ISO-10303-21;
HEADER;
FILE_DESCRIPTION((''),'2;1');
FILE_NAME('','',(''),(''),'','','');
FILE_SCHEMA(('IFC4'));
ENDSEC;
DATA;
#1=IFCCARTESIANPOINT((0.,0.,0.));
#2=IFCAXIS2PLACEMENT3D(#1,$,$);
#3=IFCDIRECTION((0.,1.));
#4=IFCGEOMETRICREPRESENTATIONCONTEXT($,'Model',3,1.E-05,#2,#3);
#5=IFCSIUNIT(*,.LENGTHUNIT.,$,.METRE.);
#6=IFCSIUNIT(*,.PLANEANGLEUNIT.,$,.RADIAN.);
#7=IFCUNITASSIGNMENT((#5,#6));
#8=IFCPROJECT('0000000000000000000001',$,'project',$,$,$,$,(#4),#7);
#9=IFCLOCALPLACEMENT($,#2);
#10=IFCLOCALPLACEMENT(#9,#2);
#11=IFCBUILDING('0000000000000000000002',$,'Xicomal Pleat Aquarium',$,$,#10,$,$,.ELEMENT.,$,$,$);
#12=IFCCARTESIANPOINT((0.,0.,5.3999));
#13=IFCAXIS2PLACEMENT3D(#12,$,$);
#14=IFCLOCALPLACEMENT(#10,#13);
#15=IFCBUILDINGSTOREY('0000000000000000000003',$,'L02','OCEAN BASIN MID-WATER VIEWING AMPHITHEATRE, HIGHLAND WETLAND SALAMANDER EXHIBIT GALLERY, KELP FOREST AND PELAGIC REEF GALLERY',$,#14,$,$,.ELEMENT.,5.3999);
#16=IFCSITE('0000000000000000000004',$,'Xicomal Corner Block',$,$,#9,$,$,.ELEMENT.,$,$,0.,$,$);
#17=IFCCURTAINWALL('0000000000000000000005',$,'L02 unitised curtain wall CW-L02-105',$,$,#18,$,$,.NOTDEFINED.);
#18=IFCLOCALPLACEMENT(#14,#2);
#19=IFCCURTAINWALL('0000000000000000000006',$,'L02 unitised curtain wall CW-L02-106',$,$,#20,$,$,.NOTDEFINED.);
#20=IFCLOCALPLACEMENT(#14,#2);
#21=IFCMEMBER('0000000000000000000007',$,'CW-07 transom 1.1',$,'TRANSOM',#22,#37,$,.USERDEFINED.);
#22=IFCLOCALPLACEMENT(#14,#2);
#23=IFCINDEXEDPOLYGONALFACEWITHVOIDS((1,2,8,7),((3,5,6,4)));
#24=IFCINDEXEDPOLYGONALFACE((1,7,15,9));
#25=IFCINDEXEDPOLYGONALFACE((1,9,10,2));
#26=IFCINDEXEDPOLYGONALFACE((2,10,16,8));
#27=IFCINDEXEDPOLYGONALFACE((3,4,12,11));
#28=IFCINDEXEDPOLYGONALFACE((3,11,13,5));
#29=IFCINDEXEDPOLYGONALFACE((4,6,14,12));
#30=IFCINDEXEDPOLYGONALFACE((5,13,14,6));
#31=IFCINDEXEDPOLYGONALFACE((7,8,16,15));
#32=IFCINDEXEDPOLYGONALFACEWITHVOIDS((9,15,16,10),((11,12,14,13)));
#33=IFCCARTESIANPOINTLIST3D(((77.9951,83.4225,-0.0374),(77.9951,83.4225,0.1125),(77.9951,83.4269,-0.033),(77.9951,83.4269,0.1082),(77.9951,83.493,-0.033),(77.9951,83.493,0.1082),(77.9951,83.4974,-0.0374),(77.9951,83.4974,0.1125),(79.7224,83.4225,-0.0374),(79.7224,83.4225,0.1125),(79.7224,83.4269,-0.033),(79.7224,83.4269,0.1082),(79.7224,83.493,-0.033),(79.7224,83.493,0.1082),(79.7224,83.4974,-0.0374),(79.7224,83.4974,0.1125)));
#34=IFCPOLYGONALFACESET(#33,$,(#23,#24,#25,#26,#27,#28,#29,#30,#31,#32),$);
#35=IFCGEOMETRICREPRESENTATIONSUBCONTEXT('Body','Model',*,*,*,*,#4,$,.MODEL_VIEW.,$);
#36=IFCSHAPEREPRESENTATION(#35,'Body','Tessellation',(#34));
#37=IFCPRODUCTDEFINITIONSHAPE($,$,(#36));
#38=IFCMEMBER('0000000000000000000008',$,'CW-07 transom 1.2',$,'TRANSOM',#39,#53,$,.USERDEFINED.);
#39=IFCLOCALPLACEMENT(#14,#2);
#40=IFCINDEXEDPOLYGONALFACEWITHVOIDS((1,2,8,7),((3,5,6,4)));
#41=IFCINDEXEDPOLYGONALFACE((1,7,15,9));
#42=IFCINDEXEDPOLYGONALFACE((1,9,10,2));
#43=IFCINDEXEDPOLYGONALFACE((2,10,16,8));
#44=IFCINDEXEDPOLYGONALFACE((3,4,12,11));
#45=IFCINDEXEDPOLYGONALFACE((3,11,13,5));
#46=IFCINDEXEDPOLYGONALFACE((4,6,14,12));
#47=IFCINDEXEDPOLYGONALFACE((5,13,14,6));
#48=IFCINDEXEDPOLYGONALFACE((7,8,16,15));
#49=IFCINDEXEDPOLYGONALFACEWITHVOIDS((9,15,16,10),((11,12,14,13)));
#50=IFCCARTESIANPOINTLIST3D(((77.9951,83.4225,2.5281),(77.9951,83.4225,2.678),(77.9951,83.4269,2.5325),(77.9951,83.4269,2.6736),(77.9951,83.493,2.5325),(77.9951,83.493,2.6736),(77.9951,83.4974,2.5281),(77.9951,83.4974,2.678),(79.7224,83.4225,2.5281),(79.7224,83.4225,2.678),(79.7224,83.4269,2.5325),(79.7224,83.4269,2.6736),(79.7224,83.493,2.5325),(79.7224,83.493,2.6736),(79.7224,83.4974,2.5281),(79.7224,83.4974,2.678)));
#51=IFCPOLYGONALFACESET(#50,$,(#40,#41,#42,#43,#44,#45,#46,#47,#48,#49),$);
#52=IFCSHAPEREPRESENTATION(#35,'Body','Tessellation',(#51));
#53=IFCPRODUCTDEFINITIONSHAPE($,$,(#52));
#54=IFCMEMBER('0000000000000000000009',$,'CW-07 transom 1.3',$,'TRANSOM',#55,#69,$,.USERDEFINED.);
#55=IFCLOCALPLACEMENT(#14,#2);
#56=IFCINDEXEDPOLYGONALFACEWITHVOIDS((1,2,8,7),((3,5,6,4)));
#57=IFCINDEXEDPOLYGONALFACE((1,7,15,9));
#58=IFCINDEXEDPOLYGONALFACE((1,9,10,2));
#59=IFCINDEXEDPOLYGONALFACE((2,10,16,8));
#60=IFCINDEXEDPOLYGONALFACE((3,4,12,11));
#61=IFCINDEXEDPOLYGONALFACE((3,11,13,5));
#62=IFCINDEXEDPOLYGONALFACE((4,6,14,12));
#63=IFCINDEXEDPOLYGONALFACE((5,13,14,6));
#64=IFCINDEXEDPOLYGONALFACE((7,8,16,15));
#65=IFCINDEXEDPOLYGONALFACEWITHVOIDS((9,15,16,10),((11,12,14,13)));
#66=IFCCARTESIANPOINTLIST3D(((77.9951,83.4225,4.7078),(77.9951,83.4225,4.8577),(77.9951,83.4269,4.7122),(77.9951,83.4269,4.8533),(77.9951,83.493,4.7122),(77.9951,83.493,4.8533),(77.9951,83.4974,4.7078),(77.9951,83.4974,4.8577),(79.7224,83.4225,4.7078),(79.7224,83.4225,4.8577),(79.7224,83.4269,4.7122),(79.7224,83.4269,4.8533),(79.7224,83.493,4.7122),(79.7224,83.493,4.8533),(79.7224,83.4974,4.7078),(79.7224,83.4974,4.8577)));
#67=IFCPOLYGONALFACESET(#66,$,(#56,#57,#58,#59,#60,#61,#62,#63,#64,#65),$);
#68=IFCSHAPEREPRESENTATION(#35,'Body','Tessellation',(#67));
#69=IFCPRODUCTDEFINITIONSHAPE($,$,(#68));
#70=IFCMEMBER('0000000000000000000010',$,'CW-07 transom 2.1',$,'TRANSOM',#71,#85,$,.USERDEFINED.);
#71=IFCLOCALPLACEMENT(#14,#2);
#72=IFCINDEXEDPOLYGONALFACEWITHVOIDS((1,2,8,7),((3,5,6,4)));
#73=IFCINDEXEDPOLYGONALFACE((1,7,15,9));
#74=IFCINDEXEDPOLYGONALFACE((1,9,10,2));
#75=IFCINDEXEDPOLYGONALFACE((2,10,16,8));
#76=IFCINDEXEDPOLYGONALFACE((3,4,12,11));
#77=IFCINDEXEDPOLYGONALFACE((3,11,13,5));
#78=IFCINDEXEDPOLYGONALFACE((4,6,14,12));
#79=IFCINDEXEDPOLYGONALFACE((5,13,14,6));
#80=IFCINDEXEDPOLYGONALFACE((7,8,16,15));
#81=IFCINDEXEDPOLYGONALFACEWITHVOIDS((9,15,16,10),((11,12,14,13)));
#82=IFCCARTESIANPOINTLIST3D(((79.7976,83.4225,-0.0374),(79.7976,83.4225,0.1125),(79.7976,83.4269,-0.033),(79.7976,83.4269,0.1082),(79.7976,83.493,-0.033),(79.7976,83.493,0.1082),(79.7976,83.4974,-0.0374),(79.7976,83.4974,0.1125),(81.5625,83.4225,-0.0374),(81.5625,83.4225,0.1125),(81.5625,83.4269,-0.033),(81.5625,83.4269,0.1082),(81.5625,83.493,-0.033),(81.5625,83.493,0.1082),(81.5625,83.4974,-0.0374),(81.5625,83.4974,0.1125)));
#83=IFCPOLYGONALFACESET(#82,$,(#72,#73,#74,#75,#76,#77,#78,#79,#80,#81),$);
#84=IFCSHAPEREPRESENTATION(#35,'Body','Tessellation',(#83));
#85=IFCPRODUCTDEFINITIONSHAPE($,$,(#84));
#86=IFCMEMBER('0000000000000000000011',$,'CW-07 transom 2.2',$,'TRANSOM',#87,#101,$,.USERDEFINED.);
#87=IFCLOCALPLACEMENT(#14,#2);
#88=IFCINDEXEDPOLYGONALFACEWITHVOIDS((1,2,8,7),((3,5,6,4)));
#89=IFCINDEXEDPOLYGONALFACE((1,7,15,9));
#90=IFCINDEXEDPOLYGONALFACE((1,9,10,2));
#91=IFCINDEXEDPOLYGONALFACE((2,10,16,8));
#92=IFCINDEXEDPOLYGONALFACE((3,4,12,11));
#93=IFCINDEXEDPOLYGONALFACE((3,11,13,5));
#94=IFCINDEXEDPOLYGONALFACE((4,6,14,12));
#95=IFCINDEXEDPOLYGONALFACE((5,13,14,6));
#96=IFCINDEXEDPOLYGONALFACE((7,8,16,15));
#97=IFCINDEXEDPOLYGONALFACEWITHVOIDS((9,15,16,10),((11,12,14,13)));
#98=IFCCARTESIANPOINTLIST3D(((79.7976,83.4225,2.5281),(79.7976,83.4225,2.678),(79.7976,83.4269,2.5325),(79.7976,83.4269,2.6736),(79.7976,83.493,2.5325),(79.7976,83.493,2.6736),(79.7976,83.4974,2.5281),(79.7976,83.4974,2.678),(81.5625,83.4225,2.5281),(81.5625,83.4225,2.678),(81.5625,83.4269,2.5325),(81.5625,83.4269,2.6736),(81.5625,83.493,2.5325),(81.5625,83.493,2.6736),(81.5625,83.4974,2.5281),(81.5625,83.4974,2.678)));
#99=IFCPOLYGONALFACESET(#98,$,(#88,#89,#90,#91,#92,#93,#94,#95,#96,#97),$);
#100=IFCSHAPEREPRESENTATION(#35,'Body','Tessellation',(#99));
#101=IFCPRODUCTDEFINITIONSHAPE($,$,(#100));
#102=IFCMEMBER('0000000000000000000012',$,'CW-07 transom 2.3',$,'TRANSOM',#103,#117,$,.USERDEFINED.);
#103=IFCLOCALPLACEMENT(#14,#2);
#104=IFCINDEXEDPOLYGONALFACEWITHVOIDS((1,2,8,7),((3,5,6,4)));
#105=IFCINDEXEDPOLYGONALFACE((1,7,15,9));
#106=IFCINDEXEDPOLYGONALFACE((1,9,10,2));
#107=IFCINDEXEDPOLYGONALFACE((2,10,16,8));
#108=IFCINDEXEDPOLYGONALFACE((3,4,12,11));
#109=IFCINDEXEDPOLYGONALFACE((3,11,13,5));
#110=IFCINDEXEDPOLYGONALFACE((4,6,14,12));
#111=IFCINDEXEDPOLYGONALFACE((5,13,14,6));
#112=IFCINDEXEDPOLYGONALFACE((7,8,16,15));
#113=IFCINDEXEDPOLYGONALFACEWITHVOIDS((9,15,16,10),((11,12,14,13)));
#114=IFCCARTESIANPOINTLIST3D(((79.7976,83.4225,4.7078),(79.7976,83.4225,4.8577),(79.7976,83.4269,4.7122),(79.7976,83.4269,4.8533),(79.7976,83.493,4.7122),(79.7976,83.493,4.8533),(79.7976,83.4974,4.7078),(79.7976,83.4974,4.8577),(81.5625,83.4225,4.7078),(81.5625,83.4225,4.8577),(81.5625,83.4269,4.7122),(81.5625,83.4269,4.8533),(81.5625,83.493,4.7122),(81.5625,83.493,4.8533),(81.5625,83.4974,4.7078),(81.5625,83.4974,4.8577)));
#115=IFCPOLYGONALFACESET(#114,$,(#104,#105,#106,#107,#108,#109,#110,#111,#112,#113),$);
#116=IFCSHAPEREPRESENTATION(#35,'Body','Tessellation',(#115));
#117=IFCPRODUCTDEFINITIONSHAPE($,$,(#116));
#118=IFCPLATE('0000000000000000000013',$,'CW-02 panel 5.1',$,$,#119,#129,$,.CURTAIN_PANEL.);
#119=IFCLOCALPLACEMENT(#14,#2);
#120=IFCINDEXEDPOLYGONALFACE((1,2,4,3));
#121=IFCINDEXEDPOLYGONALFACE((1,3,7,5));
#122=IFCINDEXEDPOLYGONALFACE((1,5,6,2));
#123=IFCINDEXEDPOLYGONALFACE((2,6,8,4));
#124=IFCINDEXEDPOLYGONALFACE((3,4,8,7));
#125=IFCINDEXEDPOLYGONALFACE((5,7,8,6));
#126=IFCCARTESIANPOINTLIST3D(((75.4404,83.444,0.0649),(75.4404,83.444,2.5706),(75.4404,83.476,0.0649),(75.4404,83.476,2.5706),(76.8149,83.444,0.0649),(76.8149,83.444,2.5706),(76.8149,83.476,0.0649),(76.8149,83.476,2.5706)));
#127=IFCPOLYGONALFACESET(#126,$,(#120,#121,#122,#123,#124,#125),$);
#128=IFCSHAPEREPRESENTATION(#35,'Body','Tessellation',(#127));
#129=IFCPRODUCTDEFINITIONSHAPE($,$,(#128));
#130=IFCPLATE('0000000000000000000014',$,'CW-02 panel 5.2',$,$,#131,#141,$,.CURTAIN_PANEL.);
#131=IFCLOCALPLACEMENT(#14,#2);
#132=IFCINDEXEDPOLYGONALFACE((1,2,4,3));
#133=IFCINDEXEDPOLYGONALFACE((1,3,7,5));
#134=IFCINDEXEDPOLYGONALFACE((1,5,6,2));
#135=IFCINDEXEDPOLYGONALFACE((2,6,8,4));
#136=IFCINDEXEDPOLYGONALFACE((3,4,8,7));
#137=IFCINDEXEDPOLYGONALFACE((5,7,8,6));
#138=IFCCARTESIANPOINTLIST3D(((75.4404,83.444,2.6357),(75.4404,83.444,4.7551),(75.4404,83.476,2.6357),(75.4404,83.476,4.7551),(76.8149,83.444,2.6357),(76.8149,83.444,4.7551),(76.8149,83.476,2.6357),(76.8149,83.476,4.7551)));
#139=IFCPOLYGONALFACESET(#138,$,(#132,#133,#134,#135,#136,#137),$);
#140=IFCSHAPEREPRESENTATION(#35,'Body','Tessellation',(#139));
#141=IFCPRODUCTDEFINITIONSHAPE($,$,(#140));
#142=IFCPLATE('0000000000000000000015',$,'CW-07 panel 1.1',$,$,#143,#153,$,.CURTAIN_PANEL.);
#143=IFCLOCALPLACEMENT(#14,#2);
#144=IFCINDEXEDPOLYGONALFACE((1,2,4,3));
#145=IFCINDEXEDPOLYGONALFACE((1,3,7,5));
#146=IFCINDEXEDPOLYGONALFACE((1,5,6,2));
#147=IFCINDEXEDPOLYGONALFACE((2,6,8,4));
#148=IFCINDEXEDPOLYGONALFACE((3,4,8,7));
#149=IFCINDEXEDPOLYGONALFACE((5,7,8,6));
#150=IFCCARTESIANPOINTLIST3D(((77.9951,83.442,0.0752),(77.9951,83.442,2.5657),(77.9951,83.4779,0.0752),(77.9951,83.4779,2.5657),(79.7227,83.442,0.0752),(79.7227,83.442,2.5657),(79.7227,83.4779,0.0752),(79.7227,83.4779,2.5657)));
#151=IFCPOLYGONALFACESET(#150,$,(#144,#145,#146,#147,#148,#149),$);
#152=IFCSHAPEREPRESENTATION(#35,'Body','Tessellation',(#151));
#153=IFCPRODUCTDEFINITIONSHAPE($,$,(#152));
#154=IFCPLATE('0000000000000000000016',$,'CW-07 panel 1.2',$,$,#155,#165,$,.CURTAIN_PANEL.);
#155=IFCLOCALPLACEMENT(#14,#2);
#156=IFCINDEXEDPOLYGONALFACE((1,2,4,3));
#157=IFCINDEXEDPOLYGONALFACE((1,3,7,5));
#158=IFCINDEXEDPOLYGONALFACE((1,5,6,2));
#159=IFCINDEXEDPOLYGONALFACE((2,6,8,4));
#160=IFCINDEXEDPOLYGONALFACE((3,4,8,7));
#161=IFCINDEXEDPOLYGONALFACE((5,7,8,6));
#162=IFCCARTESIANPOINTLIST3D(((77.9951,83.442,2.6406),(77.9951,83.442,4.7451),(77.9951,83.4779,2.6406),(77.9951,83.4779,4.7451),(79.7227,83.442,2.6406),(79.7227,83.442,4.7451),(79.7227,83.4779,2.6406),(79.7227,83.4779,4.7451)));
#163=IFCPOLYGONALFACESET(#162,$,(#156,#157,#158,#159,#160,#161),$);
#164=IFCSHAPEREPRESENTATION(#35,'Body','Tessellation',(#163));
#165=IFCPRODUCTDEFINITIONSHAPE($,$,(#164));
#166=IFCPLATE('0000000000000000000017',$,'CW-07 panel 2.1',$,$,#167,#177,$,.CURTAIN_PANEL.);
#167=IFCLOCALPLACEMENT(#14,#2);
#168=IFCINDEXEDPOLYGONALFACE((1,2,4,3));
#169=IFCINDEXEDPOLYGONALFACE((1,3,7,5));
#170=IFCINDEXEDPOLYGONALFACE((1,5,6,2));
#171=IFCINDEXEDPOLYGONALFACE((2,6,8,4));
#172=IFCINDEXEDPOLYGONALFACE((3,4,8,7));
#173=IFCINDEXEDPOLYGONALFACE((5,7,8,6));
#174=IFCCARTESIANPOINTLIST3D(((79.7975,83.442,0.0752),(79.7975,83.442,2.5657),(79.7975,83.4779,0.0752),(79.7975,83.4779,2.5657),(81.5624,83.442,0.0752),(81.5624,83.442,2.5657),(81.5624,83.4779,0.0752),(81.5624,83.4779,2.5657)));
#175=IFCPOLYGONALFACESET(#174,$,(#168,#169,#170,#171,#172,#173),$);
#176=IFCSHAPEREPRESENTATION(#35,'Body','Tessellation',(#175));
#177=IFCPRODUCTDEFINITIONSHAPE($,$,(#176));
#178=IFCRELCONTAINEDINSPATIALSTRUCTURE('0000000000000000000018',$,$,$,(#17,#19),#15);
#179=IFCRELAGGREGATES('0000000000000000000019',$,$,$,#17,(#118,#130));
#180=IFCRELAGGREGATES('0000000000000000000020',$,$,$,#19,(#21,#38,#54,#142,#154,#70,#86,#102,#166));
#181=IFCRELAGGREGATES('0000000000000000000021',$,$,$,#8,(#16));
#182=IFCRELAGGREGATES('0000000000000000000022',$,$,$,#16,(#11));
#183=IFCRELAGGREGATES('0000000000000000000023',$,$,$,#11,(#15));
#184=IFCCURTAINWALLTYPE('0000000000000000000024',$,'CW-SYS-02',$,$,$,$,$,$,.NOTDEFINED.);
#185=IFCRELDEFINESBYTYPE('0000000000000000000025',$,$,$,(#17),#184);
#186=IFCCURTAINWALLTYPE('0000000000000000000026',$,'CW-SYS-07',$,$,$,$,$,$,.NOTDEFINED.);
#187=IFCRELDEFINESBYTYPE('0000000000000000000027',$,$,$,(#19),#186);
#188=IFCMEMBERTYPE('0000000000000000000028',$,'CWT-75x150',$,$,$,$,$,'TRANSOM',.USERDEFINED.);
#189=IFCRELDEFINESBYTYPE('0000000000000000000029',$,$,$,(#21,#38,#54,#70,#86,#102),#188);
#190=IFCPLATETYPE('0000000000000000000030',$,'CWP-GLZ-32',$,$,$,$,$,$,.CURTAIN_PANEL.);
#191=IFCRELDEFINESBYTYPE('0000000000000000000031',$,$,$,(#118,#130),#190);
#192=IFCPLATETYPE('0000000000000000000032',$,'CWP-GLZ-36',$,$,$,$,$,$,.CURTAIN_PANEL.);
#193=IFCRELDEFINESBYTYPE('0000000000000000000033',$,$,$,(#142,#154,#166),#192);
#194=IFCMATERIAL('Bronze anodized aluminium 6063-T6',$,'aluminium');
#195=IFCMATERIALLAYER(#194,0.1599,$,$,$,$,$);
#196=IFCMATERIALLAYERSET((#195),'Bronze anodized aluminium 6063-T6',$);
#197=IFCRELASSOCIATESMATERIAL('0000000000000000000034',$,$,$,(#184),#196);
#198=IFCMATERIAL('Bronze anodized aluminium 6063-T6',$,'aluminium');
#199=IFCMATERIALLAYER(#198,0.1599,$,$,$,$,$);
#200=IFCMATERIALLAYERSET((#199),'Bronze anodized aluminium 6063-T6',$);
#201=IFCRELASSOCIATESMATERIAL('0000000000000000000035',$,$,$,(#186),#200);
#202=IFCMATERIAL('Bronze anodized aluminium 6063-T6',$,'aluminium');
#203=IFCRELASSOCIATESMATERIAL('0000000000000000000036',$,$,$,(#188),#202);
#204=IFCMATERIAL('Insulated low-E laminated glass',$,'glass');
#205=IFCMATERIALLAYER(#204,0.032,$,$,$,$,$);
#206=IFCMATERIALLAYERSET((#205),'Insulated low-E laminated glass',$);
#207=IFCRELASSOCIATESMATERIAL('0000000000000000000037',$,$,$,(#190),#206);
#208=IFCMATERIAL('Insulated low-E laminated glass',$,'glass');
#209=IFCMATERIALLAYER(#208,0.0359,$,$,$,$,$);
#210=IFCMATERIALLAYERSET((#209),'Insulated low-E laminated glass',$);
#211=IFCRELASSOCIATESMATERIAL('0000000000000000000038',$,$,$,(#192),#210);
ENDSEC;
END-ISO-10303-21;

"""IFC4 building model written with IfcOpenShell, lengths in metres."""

from ifc_helpers import new_model, si_unit, direction, frame, origin, origin_2d, place, context, subcontext, project, spatial, rectangle, hollow_rectangle, extrude, material, layer, layer_set, material_profile, profile_set, type_object, element, aggregate, save


model = new_model("IFC4")

# Units and contexts
model_context = context("Model", 3, precision=1e-05, world=origin(), true_north=direction((0.0, 1.0)))
body_context = subcontext(model_context, "Body", "Model", "MODEL_VIEW")
ifc_project = project(units=[si_unit("LENGTHUNIT", "METRE"), si_unit("PLANEANGLEUNIT", "RADIAN")], contexts=[model_context])

# Site, building, storey
site_placement = place(None, origin())
site = spatial("IfcSite", under=ifc_project, at=site_placement, Name="Xicomal Corner Block", CompositionType="ELEMENT", RefElevation=0.0)
building_placement = place(site_placement, origin())
building = spatial("IfcBuilding", under=site, at=building_placement, Name="Xicomal Pleat Aquarium", CompositionType="ELEMENT")
storey_placement = place(building_placement, frame((0.0, 0.0, 5.3999)))
storey = spatial("IfcBuildingStorey", under=building, at=storey_placement, Name="L02", Description="OCEAN BASIN MID-WATER VIEWING AMPHITHEATRE, HIGHLAND WETLAND SALAMANDER EXHIBIT GALLERY, KELP FOREST AND PELAGIC REEF GALLERY", CompositionType="ELEMENT", Elevation=5.3999)

# Curtain wall
ifc_material_1 = material(Name="Bronze anodized aluminium 6063-T6", Category="aluminium")
ifc_layer_1 = layer(ifc_material_1, 0.1599)
ifc_layer_set_1 = layer_set([ifc_layer_1], Name="Bronze anodized aluminium 6063-T6")
curtain_wall_type_1 = type_object("IfcCurtainWallType", Name="CW-SYS-02", PredefinedType="NOTDEFINED", material=ifc_layer_set_1)
curtain_wall_1_placement = place(storey_placement, origin())
curtain_wall_1 = element("IfcCurtainWall", 1, at=curtain_wall_1_placement, inside=storey, type_object=curtain_wall_type_1, Name="L02 unitised curtain wall CW-L02-105", PredefinedType="NOTDEFINED")

# Curtain wall
ifc_material_2 = material(Name="Bronze anodized aluminium 6063-T6", Category="aluminium")
ifc_layer_2 = layer(ifc_material_2, 0.1599)
ifc_layer_set_2 = layer_set([ifc_layer_2], Name="Bronze anodized aluminium 6063-T6")
curtain_wall_type_2 = type_object("IfcCurtainWallType", Name="CW-SYS-07", PredefinedType="NOTDEFINED", material=ifc_layer_set_2)
curtain_wall_2_placement = place(storey_placement, origin())
curtain_wall_2 = element("IfcCurtainWall", 2, at=curtain_wall_2_placement, inside=storey, type_object=curtain_wall_type_2, Name="L02 unitised curtain wall CW-L02-106", PredefinedType="NOTDEFINED")

# Members
ifc_material_3 = material(Name="Bronze anodized aluminium 6063-T6", Category="aluminium")
ifc_material_profile_1 = material_profile(ifc_material_3, hollow_rectangle(XDim=0.075, YDim=0.1499, WallThickness=0.0044, at=origin_2d()), Name="ALU TRAN 75x150")
ifc_profile_set_1 = profile_set([ifc_material_profile_1], Name="Bronze anodized aluminium 6063-T6")
member_type_1 = type_object("IfcMemberType", Name="CWT-75x150", ElementType="TRANSOM", PredefinedType="USERDEFINED", material=ifc_profile_set_1)
member_1_placement = place(storey_placement, frame((77.9951, 83.46, 0.0376), z_axis=(1.0, 0.0, 0.0), x_axis=(0.0, 1.0, 0.0)))
member_1 = element("IfcMember", 3, at=member_1_placement, type_object=member_type_1, Name="CW-07 transom 1.1", ObjectType="TRANSOM", PredefinedType="USERDEFINED", context=body_context, shape_type="SweptSolid", body=[
    extrude(hollow_rectangle(XDim=0.075, YDim=0.1499, WallThickness=0.0044, at=origin_2d()), origin(), (0.0, 0.0, 1.0), 1.7273),
])
member_2_placement = place(storey_placement, frame((77.9951, 83.46, 2.603), z_axis=(1.0, 0.0, 0.0), x_axis=(0.0, 1.0, 0.0)))
member_2 = element("IfcMember", 4, at=member_2_placement, type_object=member_type_1, Name="CW-07 transom 1.2", ObjectType="TRANSOM", PredefinedType="USERDEFINED", context=body_context, shape_type="SweptSolid", body=[
    extrude(hollow_rectangle(XDim=0.075, YDim=0.1499, WallThickness=0.0044, at=origin_2d()), origin(), (0.0, 0.0, 1.0), 1.7273),
])
member_3_placement = place(storey_placement, frame((77.9951, 83.46, 4.7827), z_axis=(1.0, 0.0, 0.0), x_axis=(0.0, 1.0, 0.0)))
member_3 = element("IfcMember", 5, at=member_3_placement, type_object=member_type_1, Name="CW-07 transom 1.3", ObjectType="TRANSOM", PredefinedType="USERDEFINED", context=body_context, shape_type="SweptSolid", body=[
    extrude(hollow_rectangle(XDim=0.075, YDim=0.1499, WallThickness=0.0044, at=origin_2d()), origin(), (0.0, 0.0, 1.0), 1.7273),
])
member_4_placement = place(storey_placement, frame((79.7976, 83.46, 0.0376), z_axis=(1.0, 0.0, 0.0), x_axis=(0.0, 1.0, 0.0)))
member_4 = element("IfcMember", 6, at=member_4_placement, type_object=member_type_1, Name="CW-07 transom 2.1", ObjectType="TRANSOM", PredefinedType="USERDEFINED", context=body_context, shape_type="SweptSolid", body=[
    extrude(hollow_rectangle(XDim=0.075, YDim=0.1499, WallThickness=0.0044, at=origin_2d()), origin(), (0.0, 0.0, 1.0), 1.7649),
])
member_5_placement = place(storey_placement, frame((79.7976, 83.46, 2.603), z_axis=(1.0, 0.0, 0.0), x_axis=(0.0, 1.0, 0.0)))
member_5 = element("IfcMember", 7, at=member_5_placement, type_object=member_type_1, Name="CW-07 transom 2.2", ObjectType="TRANSOM", PredefinedType="USERDEFINED", context=body_context, shape_type="SweptSolid", body=[
    extrude(hollow_rectangle(XDim=0.075, YDim=0.1499, WallThickness=0.0044, at=origin_2d()), origin(), (0.0, 0.0, 1.0), 1.7649),
])
member_6_placement = place(storey_placement, frame((79.7976, 83.46, 4.7827), z_axis=(1.0, 0.0, 0.0), x_axis=(0.0, 1.0, 0.0)))
member_6 = element("IfcMember", 8, at=member_6_placement, type_object=member_type_1, Name="CW-07 transom 2.3", ObjectType="TRANSOM", PredefinedType="USERDEFINED", context=body_context, shape_type="SweptSolid", body=[
    extrude(hollow_rectangle(XDim=0.075, YDim=0.1499, WallThickness=0.0044, at=origin_2d()), origin(), (0.0, 0.0, 1.0), 1.7649),
])

# Plates
ifc_material_4 = material(Name="Insulated low-E laminated glass", Category="glass")
ifc_layer_3 = layer(ifc_material_4, 0.032)
ifc_layer_set_3 = layer_set([ifc_layer_3], Name="Insulated low-E laminated glass")
plate_type_1 = type_object("IfcPlateType", Name="CWP-GLZ-32", PredefinedType="CURTAIN_PANEL", material=ifc_layer_set_3)
plate_1_placement = place(storey_placement, frame((76.1277, 83.46, 0.0649), z_axis=(0.0, 0.0, 1.0), x_axis=(1.0, 0.0, 0.0)))
plate_1 = element("IfcPlate", 9, at=plate_1_placement, type_object=plate_type_1, Name="CW-02 panel 5.1", PredefinedType="CURTAIN_PANEL", context=body_context, shape_type="SweptSolid", body=[
    extrude(rectangle(XDim=1.3745, YDim=0.032, at=origin_2d()), origin(), (0.0, 0.0, 1.0), 2.5056),
])
plate_2_placement = place(storey_placement, frame((76.1277, 83.46, 2.6357), z_axis=(0.0, 0.0, 1.0), x_axis=(1.0, 0.0, 0.0)))
plate_2 = element("IfcPlate", 10, at=plate_2_placement, type_object=plate_type_1, Name="CW-02 panel 5.2", PredefinedType="CURTAIN_PANEL", context=body_context, shape_type="SweptSolid", body=[
    extrude(rectangle(XDim=1.3745, YDim=0.032, at=origin_2d()), origin(), (0.0, 0.0, 1.0), 2.1194),
])
aggregate(curtain_wall_1, [plate_1, plate_2])
ifc_material_5 = material(Name="Insulated low-E laminated glass", Category="glass")
ifc_layer_4 = layer(ifc_material_5, 0.0359)
ifc_layer_set_4 = layer_set([ifc_layer_4], Name="Insulated low-E laminated glass")
plate_type_2 = type_object("IfcPlateType", Name="CWP-GLZ-36", PredefinedType="CURTAIN_PANEL", material=ifc_layer_set_4)
plate_3_placement = place(storey_placement, frame((78.8589, 83.46, 0.0752), z_axis=(0.0, 0.0, 1.0), x_axis=(1.0, 0.0, 0.0)))
plate_3 = element("IfcPlate", 11, at=plate_3_placement, type_object=plate_type_2, Name="CW-07 panel 1.1", PredefinedType="CURTAIN_PANEL", context=body_context, shape_type="SweptSolid", body=[
    extrude(rectangle(XDim=1.7275, YDim=0.0359, at=origin_2d()), origin(), (0.0, 0.0, 1.0), 2.4905),
])
plate_4_placement = place(storey_placement, frame((78.8589, 83.46, 2.6406), z_axis=(0.0, 0.0, 1.0), x_axis=(1.0, 0.0, 0.0)))
plate_4 = element("IfcPlate", 12, at=plate_4_placement, type_object=plate_type_2, Name="CW-07 panel 1.2", PredefinedType="CURTAIN_PANEL", context=body_context, shape_type="SweptSolid", body=[
    extrude(rectangle(XDim=1.7275, YDim=0.0359, at=origin_2d()), origin(), (0.0, 0.0, 1.0), 2.1045),
])
plate_5_placement = place(storey_placement, frame((80.6799, 83.46, 0.0752), z_axis=(0.0, 0.0, 1.0), x_axis=(1.0, 0.0, 0.0)))
plate_5 = element("IfcPlate", 13, at=plate_5_placement, type_object=plate_type_2, Name="CW-07 panel 2.1", PredefinedType="CURTAIN_PANEL", context=body_context, shape_type="SweptSolid", body=[
    extrude(rectangle(XDim=1.7649, YDim=0.0359, at=origin_2d()), origin(), (0.0, 0.0, 1.0), 2.4905),
])
aggregate(curtain_wall_2, [member_1, member_2, member_3, plate_3, plate_4, member_4, member_5, member_6, plate_5])

save(model, "model.ifc")
